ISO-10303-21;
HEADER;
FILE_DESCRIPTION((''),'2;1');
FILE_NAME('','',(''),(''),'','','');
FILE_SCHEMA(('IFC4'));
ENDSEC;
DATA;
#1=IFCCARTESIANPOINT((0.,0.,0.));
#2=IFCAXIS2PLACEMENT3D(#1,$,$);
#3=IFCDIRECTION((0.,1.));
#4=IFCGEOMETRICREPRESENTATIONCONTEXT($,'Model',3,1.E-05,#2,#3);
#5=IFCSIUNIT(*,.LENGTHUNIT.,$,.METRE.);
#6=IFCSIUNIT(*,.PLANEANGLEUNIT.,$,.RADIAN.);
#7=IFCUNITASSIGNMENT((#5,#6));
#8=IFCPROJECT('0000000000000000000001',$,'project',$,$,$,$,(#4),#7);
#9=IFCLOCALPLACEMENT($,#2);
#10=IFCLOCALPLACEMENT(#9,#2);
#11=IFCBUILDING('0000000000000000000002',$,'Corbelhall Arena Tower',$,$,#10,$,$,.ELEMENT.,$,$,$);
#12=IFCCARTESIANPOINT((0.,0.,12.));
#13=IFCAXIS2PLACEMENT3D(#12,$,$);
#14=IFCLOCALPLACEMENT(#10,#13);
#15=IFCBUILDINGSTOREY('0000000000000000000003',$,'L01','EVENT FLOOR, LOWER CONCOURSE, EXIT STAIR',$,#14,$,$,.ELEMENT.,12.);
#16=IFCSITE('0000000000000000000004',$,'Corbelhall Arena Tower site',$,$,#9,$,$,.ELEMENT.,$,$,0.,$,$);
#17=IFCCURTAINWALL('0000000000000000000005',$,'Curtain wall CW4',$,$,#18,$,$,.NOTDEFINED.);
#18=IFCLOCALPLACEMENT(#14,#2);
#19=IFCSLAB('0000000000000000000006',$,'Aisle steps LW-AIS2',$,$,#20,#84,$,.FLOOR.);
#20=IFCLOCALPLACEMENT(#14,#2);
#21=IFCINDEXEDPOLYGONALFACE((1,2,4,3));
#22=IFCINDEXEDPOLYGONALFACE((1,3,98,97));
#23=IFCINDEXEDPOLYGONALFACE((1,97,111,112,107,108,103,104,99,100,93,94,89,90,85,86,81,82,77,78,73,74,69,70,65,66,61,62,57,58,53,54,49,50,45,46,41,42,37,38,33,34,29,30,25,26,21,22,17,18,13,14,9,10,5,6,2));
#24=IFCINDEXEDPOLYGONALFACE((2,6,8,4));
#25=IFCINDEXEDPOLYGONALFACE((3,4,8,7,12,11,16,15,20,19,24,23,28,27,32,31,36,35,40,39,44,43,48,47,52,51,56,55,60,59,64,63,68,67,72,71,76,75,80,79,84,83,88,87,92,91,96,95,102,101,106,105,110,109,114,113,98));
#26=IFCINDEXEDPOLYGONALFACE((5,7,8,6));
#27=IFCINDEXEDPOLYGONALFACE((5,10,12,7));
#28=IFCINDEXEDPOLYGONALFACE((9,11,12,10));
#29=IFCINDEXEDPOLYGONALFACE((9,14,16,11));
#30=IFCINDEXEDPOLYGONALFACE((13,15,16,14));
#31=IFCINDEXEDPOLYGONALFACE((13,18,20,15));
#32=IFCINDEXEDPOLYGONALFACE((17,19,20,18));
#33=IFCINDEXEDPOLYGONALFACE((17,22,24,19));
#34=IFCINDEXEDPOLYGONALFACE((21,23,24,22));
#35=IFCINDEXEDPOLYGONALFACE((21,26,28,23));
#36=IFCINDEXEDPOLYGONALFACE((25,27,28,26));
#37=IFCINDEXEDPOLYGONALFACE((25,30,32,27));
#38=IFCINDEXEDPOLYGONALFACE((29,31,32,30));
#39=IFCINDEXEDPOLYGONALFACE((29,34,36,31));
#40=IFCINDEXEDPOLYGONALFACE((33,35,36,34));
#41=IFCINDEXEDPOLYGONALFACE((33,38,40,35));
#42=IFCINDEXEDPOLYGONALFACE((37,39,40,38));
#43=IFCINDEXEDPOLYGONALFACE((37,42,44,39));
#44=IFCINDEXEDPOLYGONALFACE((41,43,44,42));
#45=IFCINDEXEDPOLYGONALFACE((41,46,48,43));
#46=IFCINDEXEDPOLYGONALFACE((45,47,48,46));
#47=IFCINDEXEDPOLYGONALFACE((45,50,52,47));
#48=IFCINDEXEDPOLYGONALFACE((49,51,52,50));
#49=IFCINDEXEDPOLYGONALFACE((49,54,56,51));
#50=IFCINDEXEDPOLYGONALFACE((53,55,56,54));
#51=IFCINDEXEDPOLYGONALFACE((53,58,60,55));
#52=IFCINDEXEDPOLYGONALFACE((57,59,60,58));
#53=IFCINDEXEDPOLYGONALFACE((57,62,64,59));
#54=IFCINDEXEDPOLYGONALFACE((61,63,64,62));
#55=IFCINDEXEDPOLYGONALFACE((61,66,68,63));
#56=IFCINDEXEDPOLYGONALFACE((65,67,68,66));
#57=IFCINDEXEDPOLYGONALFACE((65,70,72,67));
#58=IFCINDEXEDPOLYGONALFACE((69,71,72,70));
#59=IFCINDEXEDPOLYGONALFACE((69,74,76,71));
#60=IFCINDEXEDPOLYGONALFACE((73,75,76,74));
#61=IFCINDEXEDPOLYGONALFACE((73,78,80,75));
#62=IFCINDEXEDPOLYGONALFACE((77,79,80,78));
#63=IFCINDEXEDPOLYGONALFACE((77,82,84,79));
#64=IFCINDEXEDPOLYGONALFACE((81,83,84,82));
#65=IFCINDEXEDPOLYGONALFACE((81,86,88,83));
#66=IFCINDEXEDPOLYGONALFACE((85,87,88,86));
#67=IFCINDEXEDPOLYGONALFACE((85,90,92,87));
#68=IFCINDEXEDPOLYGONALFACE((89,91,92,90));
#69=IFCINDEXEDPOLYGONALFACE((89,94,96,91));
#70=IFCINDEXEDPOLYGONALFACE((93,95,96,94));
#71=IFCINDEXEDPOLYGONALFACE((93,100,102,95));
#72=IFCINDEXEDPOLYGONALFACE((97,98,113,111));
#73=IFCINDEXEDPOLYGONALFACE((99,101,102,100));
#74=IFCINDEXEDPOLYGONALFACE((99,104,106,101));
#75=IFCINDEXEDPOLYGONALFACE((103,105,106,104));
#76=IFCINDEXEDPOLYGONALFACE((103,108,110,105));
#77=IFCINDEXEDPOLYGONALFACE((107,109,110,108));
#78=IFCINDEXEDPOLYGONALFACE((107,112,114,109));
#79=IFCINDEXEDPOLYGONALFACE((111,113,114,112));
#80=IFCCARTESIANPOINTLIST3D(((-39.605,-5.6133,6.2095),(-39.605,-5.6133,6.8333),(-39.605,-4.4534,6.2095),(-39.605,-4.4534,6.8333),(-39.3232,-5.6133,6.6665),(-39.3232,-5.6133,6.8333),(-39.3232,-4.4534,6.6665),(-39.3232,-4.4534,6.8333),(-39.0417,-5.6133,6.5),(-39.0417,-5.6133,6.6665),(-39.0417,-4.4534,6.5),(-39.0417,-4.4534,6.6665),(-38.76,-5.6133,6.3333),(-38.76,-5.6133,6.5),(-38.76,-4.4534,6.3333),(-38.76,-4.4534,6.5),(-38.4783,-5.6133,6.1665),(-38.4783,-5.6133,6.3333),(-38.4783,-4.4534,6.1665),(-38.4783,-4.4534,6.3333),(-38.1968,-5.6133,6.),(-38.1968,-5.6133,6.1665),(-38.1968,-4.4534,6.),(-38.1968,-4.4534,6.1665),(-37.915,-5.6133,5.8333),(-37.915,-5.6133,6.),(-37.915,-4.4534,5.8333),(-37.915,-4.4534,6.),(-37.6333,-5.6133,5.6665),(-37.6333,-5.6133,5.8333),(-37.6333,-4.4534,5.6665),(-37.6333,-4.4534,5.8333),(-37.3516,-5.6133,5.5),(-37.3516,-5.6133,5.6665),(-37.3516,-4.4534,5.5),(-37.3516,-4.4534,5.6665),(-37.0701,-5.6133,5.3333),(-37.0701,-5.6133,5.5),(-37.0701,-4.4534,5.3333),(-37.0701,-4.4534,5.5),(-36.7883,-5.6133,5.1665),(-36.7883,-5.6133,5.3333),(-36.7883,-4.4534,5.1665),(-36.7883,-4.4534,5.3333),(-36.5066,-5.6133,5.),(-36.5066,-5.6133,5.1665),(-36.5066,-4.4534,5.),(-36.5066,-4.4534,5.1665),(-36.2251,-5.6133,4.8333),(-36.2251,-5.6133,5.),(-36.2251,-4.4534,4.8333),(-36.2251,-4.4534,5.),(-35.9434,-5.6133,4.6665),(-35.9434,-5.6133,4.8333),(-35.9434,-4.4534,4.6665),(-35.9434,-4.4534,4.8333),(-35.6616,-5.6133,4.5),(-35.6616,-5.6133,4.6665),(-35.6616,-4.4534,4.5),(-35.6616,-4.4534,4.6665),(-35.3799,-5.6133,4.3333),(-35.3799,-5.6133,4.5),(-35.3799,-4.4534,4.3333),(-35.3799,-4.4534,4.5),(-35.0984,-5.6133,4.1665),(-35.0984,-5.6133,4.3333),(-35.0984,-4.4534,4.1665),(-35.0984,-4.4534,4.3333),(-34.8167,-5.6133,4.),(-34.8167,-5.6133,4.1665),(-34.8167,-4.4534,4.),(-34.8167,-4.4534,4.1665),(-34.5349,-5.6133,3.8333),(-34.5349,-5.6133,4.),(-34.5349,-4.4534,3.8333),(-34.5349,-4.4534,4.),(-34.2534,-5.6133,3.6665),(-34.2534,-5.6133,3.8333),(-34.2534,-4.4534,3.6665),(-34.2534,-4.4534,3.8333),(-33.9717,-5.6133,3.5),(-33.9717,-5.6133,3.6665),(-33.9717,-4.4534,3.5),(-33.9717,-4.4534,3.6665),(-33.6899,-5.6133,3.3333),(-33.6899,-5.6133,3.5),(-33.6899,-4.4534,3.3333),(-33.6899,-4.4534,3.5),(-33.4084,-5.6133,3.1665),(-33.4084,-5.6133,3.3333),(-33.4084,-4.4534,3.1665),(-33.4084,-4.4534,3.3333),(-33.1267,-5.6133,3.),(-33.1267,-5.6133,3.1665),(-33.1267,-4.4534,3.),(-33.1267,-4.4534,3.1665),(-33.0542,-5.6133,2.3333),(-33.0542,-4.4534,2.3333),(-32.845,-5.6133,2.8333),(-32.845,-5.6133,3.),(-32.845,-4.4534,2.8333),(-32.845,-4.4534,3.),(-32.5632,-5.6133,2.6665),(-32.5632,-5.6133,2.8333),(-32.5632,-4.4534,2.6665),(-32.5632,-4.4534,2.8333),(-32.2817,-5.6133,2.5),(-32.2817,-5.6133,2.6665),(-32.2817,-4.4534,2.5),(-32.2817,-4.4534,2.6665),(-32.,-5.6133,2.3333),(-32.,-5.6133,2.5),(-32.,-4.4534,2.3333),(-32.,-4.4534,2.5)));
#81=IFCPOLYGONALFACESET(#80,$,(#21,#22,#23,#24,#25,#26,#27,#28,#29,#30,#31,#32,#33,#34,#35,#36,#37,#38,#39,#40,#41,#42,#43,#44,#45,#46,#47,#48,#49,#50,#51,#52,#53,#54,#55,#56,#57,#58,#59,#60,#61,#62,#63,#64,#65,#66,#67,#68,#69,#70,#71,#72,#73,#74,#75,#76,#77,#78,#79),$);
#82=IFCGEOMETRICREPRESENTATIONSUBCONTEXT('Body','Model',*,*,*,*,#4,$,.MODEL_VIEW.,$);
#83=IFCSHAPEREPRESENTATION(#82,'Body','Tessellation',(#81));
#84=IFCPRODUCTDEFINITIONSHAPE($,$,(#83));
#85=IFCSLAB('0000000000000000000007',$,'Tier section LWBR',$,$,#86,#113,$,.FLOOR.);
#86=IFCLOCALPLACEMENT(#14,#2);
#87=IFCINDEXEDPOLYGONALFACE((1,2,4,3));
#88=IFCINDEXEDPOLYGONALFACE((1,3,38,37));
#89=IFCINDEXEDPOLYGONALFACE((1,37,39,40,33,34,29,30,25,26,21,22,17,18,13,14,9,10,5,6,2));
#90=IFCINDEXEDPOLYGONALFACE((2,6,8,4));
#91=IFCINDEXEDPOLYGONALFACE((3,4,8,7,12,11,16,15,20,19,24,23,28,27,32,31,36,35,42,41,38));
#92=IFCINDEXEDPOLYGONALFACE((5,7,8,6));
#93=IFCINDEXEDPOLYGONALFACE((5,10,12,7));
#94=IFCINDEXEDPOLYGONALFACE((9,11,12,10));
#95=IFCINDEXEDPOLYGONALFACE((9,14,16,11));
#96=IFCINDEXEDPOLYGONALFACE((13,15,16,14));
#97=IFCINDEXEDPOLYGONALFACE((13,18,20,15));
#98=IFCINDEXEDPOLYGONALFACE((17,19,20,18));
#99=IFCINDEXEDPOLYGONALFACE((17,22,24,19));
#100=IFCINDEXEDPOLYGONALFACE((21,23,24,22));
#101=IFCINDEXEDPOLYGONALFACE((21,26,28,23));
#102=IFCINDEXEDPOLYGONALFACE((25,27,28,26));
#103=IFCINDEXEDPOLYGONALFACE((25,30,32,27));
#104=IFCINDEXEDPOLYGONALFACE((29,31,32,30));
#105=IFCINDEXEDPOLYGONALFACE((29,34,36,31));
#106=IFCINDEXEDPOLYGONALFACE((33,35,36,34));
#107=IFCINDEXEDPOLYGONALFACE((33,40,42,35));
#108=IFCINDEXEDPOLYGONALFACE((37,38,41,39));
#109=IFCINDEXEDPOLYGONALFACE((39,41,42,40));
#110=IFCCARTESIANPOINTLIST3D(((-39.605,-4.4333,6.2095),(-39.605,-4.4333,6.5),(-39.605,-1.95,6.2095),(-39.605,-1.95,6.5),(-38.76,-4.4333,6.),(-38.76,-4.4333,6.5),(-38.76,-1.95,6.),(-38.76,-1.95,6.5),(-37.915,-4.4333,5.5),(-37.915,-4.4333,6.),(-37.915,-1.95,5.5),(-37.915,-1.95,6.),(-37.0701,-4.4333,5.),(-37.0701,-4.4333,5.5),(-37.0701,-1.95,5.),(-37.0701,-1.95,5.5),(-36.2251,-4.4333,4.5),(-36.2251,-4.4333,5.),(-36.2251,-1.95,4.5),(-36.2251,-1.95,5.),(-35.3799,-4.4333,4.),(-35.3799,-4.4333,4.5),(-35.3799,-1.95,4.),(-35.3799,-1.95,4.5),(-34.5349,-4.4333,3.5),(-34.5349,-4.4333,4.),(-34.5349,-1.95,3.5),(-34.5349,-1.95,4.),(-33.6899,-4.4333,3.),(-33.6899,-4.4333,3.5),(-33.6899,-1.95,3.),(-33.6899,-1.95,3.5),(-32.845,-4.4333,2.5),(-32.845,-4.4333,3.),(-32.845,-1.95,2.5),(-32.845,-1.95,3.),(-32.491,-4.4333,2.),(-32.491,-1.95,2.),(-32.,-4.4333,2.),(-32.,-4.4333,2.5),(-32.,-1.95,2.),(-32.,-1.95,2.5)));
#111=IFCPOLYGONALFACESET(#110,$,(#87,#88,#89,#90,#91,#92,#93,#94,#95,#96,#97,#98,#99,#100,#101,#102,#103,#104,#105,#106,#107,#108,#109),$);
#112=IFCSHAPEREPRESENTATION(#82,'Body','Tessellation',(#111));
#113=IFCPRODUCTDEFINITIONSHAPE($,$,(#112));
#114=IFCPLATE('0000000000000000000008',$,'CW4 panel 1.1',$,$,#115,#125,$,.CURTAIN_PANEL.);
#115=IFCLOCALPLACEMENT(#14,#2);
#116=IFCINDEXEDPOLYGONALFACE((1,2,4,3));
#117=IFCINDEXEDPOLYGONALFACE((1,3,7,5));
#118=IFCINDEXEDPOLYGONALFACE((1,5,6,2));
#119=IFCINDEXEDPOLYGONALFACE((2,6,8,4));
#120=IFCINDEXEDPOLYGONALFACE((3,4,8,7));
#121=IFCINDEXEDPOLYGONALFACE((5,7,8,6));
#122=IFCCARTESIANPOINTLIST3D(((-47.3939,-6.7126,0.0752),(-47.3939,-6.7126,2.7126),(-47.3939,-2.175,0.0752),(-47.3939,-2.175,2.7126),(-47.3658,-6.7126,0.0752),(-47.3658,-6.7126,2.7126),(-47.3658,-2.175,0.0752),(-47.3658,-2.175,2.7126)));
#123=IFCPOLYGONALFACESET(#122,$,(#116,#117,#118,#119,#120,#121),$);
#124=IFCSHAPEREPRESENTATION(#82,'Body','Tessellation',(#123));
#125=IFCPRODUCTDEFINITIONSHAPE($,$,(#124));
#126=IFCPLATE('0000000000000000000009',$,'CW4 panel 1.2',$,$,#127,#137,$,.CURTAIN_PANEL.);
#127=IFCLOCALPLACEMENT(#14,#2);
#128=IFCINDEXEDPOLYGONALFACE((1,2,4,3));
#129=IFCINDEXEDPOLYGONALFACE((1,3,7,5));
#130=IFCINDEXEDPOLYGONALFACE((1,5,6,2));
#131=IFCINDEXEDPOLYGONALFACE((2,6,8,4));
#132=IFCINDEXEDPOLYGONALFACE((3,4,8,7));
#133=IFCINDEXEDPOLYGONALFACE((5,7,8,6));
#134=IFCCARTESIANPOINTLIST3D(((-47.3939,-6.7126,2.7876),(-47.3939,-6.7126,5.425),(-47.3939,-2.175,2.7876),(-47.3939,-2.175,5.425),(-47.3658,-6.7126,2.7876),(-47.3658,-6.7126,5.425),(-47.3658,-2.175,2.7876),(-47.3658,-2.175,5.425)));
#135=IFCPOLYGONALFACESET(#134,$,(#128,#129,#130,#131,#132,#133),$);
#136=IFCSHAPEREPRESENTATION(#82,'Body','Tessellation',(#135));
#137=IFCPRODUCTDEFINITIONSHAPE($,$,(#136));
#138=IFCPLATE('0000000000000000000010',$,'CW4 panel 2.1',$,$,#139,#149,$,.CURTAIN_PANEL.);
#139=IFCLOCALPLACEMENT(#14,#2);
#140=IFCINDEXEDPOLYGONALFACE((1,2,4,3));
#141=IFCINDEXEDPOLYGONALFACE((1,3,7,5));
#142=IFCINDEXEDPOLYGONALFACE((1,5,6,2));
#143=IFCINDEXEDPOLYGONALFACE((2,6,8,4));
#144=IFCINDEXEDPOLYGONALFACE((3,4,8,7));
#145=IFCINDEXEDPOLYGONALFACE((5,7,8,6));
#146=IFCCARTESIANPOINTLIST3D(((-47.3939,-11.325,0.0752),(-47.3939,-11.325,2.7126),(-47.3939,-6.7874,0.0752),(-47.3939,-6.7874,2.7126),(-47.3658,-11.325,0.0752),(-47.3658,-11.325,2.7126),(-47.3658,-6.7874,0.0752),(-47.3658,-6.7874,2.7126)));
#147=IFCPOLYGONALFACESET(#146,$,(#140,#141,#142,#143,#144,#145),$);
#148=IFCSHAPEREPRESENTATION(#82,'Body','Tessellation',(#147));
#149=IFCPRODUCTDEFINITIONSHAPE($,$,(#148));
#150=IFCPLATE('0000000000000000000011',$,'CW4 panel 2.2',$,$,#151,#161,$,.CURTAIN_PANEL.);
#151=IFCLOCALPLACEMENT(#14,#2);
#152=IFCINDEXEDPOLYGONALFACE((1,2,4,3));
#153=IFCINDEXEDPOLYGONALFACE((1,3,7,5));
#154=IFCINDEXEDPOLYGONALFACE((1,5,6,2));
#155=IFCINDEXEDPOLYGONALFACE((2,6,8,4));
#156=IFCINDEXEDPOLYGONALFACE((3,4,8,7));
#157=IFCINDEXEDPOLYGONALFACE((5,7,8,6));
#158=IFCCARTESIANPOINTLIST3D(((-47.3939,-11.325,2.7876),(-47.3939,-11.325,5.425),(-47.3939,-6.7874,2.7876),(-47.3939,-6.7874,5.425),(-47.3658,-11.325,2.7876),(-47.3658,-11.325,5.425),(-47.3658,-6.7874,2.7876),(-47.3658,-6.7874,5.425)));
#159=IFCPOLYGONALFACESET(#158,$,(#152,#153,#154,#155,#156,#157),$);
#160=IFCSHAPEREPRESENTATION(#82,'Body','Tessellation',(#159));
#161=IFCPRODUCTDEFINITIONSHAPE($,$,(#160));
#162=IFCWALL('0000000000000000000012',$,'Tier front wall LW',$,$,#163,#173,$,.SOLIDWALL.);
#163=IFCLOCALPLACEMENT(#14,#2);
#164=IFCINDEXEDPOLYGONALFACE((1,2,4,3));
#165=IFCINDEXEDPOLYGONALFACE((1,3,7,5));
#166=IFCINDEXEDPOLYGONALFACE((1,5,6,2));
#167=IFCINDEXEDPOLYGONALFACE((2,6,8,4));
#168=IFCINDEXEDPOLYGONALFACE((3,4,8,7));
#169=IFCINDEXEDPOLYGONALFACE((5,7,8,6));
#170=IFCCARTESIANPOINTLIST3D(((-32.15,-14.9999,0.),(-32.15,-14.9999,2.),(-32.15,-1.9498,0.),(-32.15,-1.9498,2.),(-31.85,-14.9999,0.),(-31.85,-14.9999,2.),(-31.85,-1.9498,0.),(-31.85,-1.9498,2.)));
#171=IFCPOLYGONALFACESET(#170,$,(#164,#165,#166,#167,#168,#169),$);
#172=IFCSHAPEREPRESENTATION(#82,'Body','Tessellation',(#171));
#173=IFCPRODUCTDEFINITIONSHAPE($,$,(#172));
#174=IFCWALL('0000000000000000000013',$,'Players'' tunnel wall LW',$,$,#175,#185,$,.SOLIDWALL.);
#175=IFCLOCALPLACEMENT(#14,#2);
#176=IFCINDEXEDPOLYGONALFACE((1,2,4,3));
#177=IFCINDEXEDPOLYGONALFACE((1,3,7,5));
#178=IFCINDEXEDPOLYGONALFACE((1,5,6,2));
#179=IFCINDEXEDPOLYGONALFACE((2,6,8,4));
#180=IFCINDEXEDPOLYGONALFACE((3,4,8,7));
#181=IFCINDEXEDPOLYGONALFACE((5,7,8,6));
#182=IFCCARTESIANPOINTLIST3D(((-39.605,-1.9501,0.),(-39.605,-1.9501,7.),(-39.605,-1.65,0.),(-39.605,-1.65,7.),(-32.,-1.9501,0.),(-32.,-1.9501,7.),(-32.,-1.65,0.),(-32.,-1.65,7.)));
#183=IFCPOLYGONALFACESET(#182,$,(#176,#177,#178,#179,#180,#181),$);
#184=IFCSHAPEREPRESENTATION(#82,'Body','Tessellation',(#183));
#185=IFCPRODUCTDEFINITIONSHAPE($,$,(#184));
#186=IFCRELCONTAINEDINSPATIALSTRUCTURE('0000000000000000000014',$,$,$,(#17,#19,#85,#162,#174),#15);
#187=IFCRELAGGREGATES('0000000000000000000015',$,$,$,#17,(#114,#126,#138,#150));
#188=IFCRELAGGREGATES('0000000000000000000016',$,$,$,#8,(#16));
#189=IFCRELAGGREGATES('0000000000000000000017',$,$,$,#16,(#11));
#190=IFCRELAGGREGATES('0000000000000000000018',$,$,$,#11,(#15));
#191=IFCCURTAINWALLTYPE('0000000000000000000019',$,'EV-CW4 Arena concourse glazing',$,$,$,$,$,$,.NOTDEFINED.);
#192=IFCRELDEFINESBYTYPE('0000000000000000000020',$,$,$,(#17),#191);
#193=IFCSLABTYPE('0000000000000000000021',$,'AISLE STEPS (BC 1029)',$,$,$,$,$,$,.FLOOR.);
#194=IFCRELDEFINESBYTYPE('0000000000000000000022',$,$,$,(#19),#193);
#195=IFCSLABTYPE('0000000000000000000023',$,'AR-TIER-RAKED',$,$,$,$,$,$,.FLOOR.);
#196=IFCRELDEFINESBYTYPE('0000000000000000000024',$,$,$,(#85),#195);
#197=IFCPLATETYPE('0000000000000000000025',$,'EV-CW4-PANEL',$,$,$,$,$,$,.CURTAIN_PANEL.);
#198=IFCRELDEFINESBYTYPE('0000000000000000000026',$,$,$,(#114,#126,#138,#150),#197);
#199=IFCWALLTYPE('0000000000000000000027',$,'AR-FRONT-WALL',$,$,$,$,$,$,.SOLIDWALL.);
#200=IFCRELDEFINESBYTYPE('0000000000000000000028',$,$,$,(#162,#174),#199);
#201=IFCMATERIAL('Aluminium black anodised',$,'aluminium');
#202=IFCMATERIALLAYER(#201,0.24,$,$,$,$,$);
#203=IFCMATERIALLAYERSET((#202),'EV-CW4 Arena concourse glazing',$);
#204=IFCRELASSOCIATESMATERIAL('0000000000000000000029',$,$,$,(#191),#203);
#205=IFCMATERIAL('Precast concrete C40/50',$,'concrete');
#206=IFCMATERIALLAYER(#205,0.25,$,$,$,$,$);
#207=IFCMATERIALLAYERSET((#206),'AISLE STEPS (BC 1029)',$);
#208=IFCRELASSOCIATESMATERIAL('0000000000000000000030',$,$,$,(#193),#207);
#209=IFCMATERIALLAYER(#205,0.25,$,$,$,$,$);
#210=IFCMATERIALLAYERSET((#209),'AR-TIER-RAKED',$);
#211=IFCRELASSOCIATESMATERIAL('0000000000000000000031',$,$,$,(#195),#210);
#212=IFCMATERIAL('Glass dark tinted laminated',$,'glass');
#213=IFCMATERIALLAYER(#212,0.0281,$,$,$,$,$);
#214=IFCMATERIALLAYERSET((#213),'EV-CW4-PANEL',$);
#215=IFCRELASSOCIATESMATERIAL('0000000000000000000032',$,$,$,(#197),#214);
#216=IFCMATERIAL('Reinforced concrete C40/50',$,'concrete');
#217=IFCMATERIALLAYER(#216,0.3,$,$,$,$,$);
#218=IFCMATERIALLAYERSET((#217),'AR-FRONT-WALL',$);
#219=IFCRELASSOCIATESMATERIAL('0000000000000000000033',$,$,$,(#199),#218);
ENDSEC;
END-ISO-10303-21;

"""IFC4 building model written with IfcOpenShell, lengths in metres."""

from ifc_helpers import new_model, si_unit, direction, frame, frame_2d, origin, origin_2d, place, context, subcontext, project, spatial, polyline, rectangle, outline, extrude, material, layer, layer_set, type_object, element, aggregate, save


model = new_model("IFC4")

# Units and contexts
model_context = context("Model", 3, precision=1e-05, world=origin(), true_north=direction((0.0, 1.0)))
body_context = subcontext(model_context, "Body", "Model", "MODEL_VIEW")
ifc_project = project(units=[si_unit("LENGTHUNIT", "METRE"), si_unit("PLANEANGLEUNIT", "RADIAN")], contexts=[model_context])

# Site, building, storey
site_placement = place(None, origin())
site = spatial("IfcSite", under=ifc_project, at=site_placement, Name="Corbelhall Arena Tower site", CompositionType="ELEMENT", RefElevation=0.0)
building_placement = place(site_placement, origin())
building = spatial("IfcBuilding", under=site, at=building_placement, Name="Corbelhall Arena Tower", CompositionType="ELEMENT")
storey_placement = place(building_placement, frame((0.0, 0.0, 12.0)))
storey = spatial("IfcBuildingStorey", under=building, at=storey_placement, Name="L01", Description="EVENT FLOOR, LOWER CONCOURSE, EXIT STAIR", CompositionType="ELEMENT", Elevation=12.0)

# Curtain wall
ifc_material_1 = material(Name="Aluminium black anodised", Category="aluminium")
ifc_layer_1 = layer(ifc_material_1, 0.24)
ifc_layer_set_1 = layer_set([ifc_layer_1], Name="EV-CW4 Arena concourse glazing")
curtain_wall_type = type_object("IfcCurtainWallType", Name="EV-CW4 Arena concourse glazing", PredefinedType="NOTDEFINED", material=ifc_layer_set_1)
curtain_wall_placement = place(storey_placement, origin())
curtain_wall = element("IfcCurtainWall", 1, at=curtain_wall_placement, inside=storey, type_object=curtain_wall_type, Name="Curtain wall CW4", PredefinedType="NOTDEFINED")

# Slabs
ifc_material_2 = material(Name="Precast concrete C40/50", Category="concrete")
ifc_layer_2 = layer(ifc_material_2, 0.25)
ifc_layer_set_2 = layer_set([ifc_layer_2], Name="AISLE STEPS (BC 1029)")
slab_type_1 = type_object("IfcSlabType", Name="AISLE STEPS (BC 1029)", PredefinedType="FLOOR", material=ifc_layer_set_2)
slab_1_placement = place(storey_placement, frame((-32.0, -5.0332, 2.3333), z_axis=(0.0, 0.0, 1.0), x_axis=(-1.0, 0.0, 0.0)))
element("IfcSlab", 2, at=slab_1_placement, inside=storey, type_object=slab_type_1, Name="Aisle steps LW-AIS2", PredefinedType="FLOOR", context=body_context, shape_type="SweptSolid", body=[
    extrude(outline(polyline([(0.0, 0.0), (0.0, 0.1667), (0.2817, 0.1667), (0.2817, 0.3333), (0.5632, 0.3333), (0.5632, 0.5), (0.845, 0.5), (0.845, 0.6667), (1.1267, 0.6667), (1.1267, 0.8333), (1.4084, 0.8333), (1.4084, 1.0), (1.6899, 1.0), (1.6899, 1.1667), (1.9717, 1.1667), (1.9717, 1.3333), (2.2534, 1.3333), (2.2534, 1.5), (2.5349, 1.5), (2.5349, 1.6667), (2.8167, 1.6667), (2.8167, 1.8333), (3.0984, 1.8333), (3.0984, 2.0), (3.3799, 2.0), (3.3799, 2.1667), (3.6616, 2.1667), (3.6616, 2.3333), (3.9434, 2.3333), (3.9434, 2.5), (4.2251, 2.5), (4.2251, 2.6667), (4.5066, 2.6667), (4.5066, 2.8333), (4.7883, 2.8333), (4.7883, 3.0), (5.0701, 3.0), (5.0701, 3.1667), (5.3516, 3.1667), (5.3516, 3.3333), (5.6333, 3.3333), (5.6333, 3.5), (5.915, 3.5), (5.915, 3.6667), (6.1968, 3.6667), (6.1968, 3.8333), (6.4783, 3.8333), (6.4783, 4.0), (6.76, 4.0), (6.76, 4.1667), (7.0417, 4.1667), (7.0417, 4.3333), (7.3232, 4.3333), (7.3232, 4.5), (7.605, 4.5), (7.605, 4.6667), (7.605, 3.8762), (1.0542, 0.0), (0.0, 0.0)])), frame((0.0, 0.5801, 0.0), z_axis=(0.0, -1.0, 0.0), x_axis=(1.0, 0.0, 0.0)), (0.0, 0.0, 1.0), 1.1599),
])
ifc_layer_3 = layer(ifc_material_2, 0.25)
ifc_layer_set_3 = layer_set([ifc_layer_3], Name="AR-TIER-RAKED")
slab_type_2 = type_object("IfcSlabType", Name="AR-TIER-RAKED", PredefinedType="FLOOR", material=ifc_layer_set_3)
slab_2_placement = place(storey_placement, frame((-32.0, -3.1917, 2.0), z_axis=(0.0, 0.0, 1.0), x_axis=(-1.0, 0.0, 0.0)))
element("IfcSlab", 3, at=slab_2_placement, inside=storey, type_object=slab_type_2, Name="Tier section LWBR", PredefinedType="FLOOR", context=body_context, shape_type="SweptSolid", body=[
    extrude(outline(polyline([(0.0, 0.0), (0.0, 0.5), (0.845, 0.5), (0.845, 1.0), (1.6899, 1.0), (1.6899, 1.5), (2.5349, 1.5), (2.5349, 2.0), (3.3799, 2.0), (3.3799, 2.5), (4.2251, 2.5), (4.2251, 3.0), (5.0701, 3.0), (5.0701, 3.5), (5.915, 3.5), (5.915, 4.0), (6.76, 4.0), (6.76, 4.5), (7.605, 4.5), (7.605, 5.0), (7.605, 4.2095), (0.491, 0.0), (0.0, 0.0)])), frame((0.0, 1.2417, 0.0), z_axis=(0.0, -1.0, 0.0), x_axis=(1.0, 0.0, 0.0)), (0.0, 0.0, 1.0), 2.4834),
])

# Plates
ifc_material_3 = material(Name="Glass dark tinted laminated", Category="glass")
ifc_layer_4 = layer(ifc_material_3, 0.0281)
ifc_layer_set_4 = layer_set([ifc_layer_4], Name="EV-CW4-PANEL")
plate_type = type_object("IfcPlateType", Name="EV-CW4-PANEL", PredefinedType="CURTAIN_PANEL", material=ifc_layer_set_4)
plate_1_placement = place(storey_placement, frame((-47.3799, -4.4438, 0.0752), z_axis=(0.0, 0.0, 1.0), x_axis=(0.0, -1.0, 0.0)))
plate_1 = element("IfcPlate", 4, at=plate_1_placement, type_object=plate_type, Name="CW4 panel 1.1", PredefinedType="CURTAIN_PANEL", context=body_context, shape_type="SweptSolid", body=[
    extrude(rectangle(XDim=4.5376, YDim=0.0281, at=origin_2d()), origin(), (0.0, 0.0, 1.0), 2.6375),
])
plate_2_placement = place(storey_placement, frame((-47.3799, -4.4438, 2.7876), z_axis=(0.0, 0.0, 1.0), x_axis=(0.0, -1.0, 0.0)))
plate_2 = element("IfcPlate", 5, at=plate_2_placement, type_object=plate_type, Name="CW4 panel 1.2", PredefinedType="CURTAIN_PANEL", context=body_context, shape_type="SweptSolid", body=[
    extrude(rectangle(XDim=4.5376, YDim=0.0281, at=origin_2d()), origin(), (0.0, 0.0, 1.0), 2.6375),
])
plate_3_placement = place(storey_placement, frame((-47.3799, -9.0562, 0.0752), z_axis=(0.0, 0.0, 1.0), x_axis=(0.0, -1.0, 0.0)))
plate_3 = element("IfcPlate", 6, at=plate_3_placement, type_object=plate_type, Name="CW4 panel 2.1", PredefinedType="CURTAIN_PANEL", context=body_context, shape_type="SweptSolid", body=[
    extrude(rectangle(XDim=4.5376, YDim=0.0281, at=origin_2d()), origin(), (0.0, 0.0, 1.0), 2.6375),
])
plate_4_placement = place(storey_placement, frame((-47.3799, -9.0562, 2.7876), z_axis=(0.0, 0.0, 1.0), x_axis=(0.0, -1.0, 0.0)))
plate_4 = element("IfcPlate", 7, at=plate_4_placement, type_object=plate_type, Name="CW4 panel 2.2", PredefinedType="CURTAIN_PANEL", context=body_context, shape_type="SweptSolid", body=[
    extrude(rectangle(XDim=4.5376, YDim=0.0281, at=origin_2d()), origin(), (0.0, 0.0, 1.0), 2.6375),
])
aggregate(curtain_wall, [plate_1, plate_2, plate_3, plate_4])

# Walls
ifc_material_4 = material(Name="Reinforced concrete C40/50", Category="concrete")
ifc_layer_5 = layer(ifc_material_4, 0.3)
ifc_layer_set_5 = layer_set([ifc_layer_5], Name="AR-FRONT-WALL")
wall_type_1 = type_object("IfcWallType", Name="AR-FRONT-WALL", PredefinedType="SOLIDWALL", material=ifc_layer_set_5)
wall_1_placement = place(storey_placement, frame((-32.0, -1.95, 0.0), z_axis=(0.0, 0.0, 1.0), x_axis=(0.0, -1.0, 0.0)))
element("IfcWall", 8, at=wall_1_placement, inside=storey, type_object=wall_type_1, Name="Tier front wall LW", PredefinedType="SOLIDWALL", context=body_context, shape_type="SweptSolid", body=[
    extrude(rectangle(XDim=13.05, YDim=0.3, at=frame_2d((6.5249, 0.0))), origin(), (0.0, 0.0, 1.0), 2.0),
])
wall_2_placement = place(storey_placement, frame((-32.0, -1.8, 0.0), z_axis=(0.0, 0.0, 1.0), x_axis=(-1.0, 0.0, 0.0)))
element("IfcWall", 9, at=wall_2_placement, inside=storey, type_object=wall_type_1, Name="Players' tunnel wall LW", PredefinedType="SOLIDWALL", context=body_context, shape_type="SweptSolid", body=[
    extrude(rectangle(XDim=7.605, YDim=0.3, at=frame_2d((3.8025, 0.0))), origin(), (0.0, 0.0, 1.0), 7.0),
])

save(model, "model.ifc")
